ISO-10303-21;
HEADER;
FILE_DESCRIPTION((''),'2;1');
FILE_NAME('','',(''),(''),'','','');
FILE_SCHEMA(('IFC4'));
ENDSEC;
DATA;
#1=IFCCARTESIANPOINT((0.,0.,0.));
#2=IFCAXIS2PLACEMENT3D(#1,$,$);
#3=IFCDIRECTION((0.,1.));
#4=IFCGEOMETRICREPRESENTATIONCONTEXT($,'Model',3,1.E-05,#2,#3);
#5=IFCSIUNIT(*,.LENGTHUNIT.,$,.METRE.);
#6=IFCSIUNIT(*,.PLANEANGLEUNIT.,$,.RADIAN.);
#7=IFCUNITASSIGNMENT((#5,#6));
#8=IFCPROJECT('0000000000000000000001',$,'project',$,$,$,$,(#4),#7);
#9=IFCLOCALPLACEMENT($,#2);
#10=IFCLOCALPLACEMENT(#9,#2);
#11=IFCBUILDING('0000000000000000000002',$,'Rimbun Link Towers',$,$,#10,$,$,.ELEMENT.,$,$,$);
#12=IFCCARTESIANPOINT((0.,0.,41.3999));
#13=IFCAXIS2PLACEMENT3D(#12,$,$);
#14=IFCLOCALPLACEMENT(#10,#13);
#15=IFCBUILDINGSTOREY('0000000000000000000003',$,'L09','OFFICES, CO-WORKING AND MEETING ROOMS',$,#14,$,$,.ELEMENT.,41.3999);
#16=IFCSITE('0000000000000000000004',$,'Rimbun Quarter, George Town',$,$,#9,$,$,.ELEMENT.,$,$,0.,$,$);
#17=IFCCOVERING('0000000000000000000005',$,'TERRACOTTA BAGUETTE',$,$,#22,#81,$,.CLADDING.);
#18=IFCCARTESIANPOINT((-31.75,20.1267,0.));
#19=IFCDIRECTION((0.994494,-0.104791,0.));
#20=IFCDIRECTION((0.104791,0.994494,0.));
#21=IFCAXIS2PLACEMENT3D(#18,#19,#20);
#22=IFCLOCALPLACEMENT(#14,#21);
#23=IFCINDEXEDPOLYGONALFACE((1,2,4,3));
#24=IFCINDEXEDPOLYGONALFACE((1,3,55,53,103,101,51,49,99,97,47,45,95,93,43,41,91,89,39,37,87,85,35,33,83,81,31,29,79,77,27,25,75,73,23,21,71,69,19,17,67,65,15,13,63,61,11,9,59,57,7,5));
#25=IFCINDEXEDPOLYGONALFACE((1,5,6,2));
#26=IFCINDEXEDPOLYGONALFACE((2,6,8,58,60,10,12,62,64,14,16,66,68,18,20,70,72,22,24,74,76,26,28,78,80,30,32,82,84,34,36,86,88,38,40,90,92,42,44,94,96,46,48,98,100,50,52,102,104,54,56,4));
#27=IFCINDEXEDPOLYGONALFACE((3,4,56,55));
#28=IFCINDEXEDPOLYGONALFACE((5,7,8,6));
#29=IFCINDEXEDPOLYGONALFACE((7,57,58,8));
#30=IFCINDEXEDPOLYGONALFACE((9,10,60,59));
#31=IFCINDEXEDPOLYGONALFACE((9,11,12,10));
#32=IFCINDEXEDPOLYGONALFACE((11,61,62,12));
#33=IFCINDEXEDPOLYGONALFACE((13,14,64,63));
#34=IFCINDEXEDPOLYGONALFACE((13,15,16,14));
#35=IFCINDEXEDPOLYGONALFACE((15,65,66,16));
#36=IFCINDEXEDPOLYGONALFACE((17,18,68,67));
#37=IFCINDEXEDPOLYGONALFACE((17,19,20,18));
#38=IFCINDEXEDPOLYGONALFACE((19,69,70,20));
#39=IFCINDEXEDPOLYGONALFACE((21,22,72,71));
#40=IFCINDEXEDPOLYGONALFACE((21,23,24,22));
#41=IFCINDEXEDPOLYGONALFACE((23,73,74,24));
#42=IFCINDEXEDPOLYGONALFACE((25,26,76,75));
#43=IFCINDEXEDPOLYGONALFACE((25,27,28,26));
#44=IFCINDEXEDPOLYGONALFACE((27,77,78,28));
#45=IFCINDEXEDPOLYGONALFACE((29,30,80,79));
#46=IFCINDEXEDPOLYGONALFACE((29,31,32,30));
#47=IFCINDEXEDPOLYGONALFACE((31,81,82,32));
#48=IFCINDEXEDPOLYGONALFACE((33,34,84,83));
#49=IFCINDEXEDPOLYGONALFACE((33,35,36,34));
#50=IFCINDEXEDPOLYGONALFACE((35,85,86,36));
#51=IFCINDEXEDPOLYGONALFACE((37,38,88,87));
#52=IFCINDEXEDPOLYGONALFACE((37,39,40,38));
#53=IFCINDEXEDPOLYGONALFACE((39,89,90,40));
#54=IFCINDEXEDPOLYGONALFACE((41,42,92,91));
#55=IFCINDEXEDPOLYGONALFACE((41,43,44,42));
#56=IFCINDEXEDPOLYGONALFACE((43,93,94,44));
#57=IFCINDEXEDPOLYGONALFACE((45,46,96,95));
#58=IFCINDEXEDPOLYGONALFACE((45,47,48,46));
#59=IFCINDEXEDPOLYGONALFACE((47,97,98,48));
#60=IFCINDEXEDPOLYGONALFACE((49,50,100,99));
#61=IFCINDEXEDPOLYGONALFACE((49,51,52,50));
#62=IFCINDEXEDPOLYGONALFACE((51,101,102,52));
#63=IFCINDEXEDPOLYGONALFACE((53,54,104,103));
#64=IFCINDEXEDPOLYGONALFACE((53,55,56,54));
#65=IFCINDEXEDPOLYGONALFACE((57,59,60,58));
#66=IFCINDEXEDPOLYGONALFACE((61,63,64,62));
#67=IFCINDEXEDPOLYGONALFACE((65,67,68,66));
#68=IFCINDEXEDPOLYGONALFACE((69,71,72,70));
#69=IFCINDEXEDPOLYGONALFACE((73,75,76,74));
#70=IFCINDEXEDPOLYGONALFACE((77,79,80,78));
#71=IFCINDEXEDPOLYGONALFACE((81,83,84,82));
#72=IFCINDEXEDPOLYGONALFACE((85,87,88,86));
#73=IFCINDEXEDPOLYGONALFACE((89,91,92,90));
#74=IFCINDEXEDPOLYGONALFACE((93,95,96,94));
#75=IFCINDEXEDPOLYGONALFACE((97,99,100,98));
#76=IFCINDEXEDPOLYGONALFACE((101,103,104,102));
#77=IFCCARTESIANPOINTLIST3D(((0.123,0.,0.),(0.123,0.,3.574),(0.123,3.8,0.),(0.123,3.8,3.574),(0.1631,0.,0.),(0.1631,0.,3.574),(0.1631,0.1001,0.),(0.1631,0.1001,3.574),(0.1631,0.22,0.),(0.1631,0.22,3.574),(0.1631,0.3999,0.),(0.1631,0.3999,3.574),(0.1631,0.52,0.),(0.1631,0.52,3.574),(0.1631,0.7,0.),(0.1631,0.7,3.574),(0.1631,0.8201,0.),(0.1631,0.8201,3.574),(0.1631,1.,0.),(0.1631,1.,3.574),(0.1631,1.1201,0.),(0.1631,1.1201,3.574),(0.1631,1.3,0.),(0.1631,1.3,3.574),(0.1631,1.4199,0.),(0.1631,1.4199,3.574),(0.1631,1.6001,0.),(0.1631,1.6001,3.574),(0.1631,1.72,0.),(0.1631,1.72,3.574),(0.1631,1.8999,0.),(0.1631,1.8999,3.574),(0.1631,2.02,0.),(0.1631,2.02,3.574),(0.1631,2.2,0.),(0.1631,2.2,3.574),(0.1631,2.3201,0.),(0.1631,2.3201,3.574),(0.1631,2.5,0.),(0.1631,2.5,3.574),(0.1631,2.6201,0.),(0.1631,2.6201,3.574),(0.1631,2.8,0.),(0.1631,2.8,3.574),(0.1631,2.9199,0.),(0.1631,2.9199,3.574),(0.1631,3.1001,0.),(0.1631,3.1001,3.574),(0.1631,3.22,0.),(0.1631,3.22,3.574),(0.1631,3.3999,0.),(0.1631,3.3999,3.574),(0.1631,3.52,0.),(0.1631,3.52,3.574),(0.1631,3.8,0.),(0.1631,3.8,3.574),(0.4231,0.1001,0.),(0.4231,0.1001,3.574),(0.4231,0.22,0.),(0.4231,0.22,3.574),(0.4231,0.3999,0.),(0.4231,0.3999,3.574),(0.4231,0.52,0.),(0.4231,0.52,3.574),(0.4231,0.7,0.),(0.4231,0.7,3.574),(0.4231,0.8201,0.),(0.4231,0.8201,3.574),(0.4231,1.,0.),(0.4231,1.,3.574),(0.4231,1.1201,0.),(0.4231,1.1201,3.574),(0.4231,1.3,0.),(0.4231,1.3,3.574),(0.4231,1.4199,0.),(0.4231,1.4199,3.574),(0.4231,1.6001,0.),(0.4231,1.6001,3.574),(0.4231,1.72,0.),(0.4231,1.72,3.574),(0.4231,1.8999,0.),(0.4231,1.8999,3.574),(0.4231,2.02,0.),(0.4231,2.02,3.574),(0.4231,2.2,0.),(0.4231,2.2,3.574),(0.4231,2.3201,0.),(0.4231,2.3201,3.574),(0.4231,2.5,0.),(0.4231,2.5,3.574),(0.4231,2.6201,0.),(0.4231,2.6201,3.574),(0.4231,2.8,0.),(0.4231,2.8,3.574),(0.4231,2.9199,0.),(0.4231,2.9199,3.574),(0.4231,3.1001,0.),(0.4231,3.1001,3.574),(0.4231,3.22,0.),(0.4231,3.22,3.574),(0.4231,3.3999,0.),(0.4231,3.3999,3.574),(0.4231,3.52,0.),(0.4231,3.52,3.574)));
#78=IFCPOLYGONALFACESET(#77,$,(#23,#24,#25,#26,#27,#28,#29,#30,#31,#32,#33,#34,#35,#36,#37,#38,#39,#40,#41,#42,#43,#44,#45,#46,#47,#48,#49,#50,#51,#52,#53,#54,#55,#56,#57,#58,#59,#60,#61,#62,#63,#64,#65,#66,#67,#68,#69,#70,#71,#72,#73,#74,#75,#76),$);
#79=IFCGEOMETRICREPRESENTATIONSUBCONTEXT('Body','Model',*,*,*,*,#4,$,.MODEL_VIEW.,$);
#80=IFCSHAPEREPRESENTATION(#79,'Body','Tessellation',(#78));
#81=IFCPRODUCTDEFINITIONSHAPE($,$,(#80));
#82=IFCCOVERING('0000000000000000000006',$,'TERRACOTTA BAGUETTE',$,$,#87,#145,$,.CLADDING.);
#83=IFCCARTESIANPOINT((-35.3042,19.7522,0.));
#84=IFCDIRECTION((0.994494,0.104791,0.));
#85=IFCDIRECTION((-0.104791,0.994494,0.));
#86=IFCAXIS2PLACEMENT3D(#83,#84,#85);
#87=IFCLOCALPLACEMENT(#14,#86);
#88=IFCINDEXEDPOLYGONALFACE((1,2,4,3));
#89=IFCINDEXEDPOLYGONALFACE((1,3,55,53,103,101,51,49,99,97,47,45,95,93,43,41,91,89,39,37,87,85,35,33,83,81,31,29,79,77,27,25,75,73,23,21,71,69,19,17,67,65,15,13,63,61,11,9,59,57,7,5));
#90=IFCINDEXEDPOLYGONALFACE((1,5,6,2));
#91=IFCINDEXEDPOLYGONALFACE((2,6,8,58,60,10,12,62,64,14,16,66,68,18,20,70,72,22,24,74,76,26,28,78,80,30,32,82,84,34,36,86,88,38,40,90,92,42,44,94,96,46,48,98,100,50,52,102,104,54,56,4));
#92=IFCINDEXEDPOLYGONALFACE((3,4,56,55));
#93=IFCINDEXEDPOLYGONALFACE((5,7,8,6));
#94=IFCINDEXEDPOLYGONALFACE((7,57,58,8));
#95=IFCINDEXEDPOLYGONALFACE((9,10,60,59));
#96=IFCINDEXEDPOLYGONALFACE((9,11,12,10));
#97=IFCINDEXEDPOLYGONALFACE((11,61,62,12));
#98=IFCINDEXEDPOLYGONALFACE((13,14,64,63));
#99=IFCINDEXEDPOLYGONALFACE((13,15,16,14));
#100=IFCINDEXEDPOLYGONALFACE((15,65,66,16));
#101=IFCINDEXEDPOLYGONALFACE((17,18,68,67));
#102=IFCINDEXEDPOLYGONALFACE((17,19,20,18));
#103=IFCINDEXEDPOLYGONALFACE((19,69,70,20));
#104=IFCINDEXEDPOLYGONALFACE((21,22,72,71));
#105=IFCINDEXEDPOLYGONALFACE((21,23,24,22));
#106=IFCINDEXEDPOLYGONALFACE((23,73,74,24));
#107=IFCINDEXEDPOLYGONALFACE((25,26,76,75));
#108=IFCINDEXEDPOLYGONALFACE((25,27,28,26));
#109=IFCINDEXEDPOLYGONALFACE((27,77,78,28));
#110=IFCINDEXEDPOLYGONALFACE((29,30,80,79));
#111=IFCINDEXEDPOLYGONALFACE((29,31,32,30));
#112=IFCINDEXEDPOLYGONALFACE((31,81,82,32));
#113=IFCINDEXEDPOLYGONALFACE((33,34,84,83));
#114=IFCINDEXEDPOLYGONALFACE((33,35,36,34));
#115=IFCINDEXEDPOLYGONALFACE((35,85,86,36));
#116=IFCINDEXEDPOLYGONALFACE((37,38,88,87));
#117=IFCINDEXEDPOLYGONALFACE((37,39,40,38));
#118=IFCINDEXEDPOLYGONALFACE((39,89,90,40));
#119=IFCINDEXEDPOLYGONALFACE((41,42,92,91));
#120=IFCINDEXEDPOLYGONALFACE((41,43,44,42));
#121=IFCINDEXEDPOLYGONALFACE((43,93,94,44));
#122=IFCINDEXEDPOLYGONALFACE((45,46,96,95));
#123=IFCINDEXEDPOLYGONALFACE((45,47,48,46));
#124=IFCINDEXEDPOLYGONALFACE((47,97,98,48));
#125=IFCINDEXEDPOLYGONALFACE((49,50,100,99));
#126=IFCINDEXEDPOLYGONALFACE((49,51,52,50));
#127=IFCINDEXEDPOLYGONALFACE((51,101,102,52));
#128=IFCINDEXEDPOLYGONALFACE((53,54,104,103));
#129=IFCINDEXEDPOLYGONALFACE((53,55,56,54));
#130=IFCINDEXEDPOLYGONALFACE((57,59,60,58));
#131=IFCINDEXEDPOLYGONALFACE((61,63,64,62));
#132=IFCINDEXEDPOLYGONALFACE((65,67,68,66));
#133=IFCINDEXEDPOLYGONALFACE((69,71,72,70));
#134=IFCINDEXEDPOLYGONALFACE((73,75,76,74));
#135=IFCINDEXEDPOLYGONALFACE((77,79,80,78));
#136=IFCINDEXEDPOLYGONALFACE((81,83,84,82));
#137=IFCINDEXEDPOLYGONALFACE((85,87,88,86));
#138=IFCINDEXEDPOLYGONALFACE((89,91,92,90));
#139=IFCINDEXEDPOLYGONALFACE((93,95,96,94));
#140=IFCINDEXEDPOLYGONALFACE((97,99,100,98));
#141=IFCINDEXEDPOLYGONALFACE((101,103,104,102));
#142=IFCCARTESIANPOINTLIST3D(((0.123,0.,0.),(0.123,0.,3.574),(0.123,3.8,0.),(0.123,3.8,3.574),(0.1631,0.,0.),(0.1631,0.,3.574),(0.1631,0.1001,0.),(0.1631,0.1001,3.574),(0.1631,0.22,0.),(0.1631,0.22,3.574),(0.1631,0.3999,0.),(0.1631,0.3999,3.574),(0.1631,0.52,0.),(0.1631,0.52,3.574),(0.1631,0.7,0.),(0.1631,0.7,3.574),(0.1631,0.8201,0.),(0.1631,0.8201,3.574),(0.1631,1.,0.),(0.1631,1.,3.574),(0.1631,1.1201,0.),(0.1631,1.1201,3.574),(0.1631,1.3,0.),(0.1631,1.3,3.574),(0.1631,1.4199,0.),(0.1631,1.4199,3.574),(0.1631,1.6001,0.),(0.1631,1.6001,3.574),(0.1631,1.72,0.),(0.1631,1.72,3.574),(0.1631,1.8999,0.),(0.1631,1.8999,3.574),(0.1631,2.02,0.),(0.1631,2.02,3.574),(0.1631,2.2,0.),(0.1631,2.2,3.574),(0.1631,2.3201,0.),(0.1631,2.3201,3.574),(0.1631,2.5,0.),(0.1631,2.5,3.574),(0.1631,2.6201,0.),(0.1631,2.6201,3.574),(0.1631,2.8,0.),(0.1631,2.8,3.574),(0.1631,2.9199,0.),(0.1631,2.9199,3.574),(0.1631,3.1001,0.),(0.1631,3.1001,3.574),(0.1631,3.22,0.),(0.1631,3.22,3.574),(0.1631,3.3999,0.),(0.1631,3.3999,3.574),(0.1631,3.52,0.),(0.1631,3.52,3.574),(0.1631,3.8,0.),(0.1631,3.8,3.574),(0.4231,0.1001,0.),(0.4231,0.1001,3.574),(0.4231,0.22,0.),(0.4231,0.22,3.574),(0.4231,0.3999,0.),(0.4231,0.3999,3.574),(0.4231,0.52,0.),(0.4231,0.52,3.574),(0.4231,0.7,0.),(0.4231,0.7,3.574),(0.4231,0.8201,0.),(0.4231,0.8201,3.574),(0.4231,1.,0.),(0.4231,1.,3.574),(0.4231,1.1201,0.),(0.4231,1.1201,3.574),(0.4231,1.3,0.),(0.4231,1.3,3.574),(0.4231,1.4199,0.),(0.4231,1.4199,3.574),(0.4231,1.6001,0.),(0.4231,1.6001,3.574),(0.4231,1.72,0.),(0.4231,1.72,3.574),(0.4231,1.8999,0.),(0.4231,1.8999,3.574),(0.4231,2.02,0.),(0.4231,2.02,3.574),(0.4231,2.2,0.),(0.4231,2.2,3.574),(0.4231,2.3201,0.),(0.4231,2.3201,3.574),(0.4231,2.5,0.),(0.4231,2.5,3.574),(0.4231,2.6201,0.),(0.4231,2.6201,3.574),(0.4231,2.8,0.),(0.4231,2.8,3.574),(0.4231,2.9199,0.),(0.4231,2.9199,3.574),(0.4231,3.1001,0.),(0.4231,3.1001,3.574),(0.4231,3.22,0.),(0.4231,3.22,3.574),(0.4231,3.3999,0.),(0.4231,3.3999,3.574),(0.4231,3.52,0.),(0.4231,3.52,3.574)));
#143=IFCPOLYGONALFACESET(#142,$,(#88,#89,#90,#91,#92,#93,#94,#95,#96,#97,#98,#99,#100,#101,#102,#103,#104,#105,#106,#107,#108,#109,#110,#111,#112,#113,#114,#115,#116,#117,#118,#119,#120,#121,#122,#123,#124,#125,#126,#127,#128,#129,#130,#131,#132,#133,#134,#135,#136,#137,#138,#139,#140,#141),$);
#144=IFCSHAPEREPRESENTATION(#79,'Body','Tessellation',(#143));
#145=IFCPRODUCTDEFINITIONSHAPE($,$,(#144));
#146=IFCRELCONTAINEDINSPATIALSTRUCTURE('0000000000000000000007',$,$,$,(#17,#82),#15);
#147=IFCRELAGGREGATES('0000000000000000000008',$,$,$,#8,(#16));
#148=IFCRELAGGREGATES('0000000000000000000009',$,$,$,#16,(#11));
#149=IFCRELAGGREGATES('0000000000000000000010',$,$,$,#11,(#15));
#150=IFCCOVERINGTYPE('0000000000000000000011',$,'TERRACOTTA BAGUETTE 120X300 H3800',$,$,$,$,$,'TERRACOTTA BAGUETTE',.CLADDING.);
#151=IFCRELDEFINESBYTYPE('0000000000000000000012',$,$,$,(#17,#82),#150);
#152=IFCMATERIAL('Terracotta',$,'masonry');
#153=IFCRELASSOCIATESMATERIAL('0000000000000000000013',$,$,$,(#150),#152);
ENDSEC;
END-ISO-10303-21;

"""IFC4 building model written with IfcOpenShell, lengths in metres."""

from ifc_helpers import new_model, si_unit, direction, frame, origin, place, context, subcontext, project, spatial, polyline, outline, extrude, material, material_profile, profile_set, type_object, element, save


model = new_model("IFC4")

# Units and contexts
model_context = context("Model", 3, precision=1e-05, world=origin(), true_north=direction((0.0, 1.0)))
body_context = subcontext(model_context, "Body", "Model", "MODEL_VIEW")
ifc_project = project(units=[si_unit("LENGTHUNIT", "METRE"), si_unit("PLANEANGLEUNIT", "RADIAN")], contexts=[model_context])

# Site, building, storey
site_placement = place(None, origin())
site = spatial("IfcSite", under=ifc_project, at=site_placement, Name="Rimbun Quarter, George Town", CompositionType="ELEMENT", RefElevation=0.0)
building_placement = place(site_placement, origin())
building = spatial("IfcBuilding", under=site, at=building_placement, Name="Rimbun Link Towers", CompositionType="ELEMENT")
storey_placement = place(building_placement, frame((0.0, 0.0, 41.3999)))
storey = spatial("IfcBuildingStorey", under=building, at=storey_placement, Name="L09", Description="OFFICES, CO-WORKING AND MEETING ROOMS", CompositionType="ELEMENT", Elevation=41.3999)

# Coverings
ifc_material_1 = material(Name="Terracotta", Category="masonry")
ifc_material_profile_1 = material_profile(ifc_material_1, outline(polyline([(0.123, 0.0), (0.1631, 0.0), (0.1631, 0.1001), (0.4231, 0.1001), (0.4231, 0.22), (0.1631, 0.22), (0.1631, 0.3999), (0.4231, 0.3999), (0.4231, 0.52), (0.1631, 0.52), (0.1631, 0.7), (0.4231, 0.7), (0.4231, 0.8201), (0.1631, 0.8201), (0.1631, 1.0), (0.4231, 1.0), (0.4231, 1.1201), (0.1631, 1.1201), (0.1631, 1.3), (0.4231, 1.3), (0.4231, 1.4199), (0.1631, 1.4199), (0.1631, 1.6001), (0.4231, 1.6001), (0.4231, 1.72), (0.1631, 1.72), (0.1631, 1.8999), (0.4231, 1.8999), (0.4231, 2.02), (0.1631, 2.02), (0.1631, 2.2), (0.4231, 2.2), (0.4231, 2.3201), (0.1631, 2.3201), (0.1631, 2.5), (0.4231, 2.5), (0.4231, 2.6201), (0.1631, 2.6201), (0.1631, 2.8), (0.4231, 2.8), (0.4231, 2.9199), (0.1631, 2.9199), (0.1631, 3.1001), (0.4231, 3.1001), (0.4231, 3.22), (0.1631, 3.22), (0.1631, 3.3999), (0.4231, 3.3999), (0.4231, 3.52), (0.1631, 3.52), (0.1631, 3.8), (0.123, 3.8), (0.123, 0.0)])), Name="BAGUETTE 120X300")
ifc_profile_set_1 = profile_set([ifc_material_profile_1], Name="Terracotta")
covering_type = type_object("IfcCoveringType", Name="TERRACOTTA BAGUETTE 120X300 H3800", ElementType="TERRACOTTA BAGUETTE", PredefinedType="CLADDING", material=ifc_profile_set_1)
for number, where, z_axis, x_axis, name in (
    (1, (-31.75, 20.1267, 0.0), (0.994494, -0.104791, 0.0), (0.104791, 0.994494, 0.0), "TERRACOTTA BAGUETTE"),
    (2, (-35.3042, 19.7522, 0.0), (0.994494, 0.104791, 0.0), (-0.104791, 0.994494, 0.0), "TERRACOTTA BAGUETTE"),
):
    element("IfcCovering", number, at=place(storey_placement, frame(where, z_axis=z_axis, x_axis=x_axis)), inside=storey, type_object=covering_type, Name=name, PredefinedType="CLADDING", context=body_context, shape_type="SweptSolid", body=[
        extrude(outline(polyline([(0.123, 0.0), (0.1631, 0.0), (0.1631, 0.1001), (0.4231, 0.1001), (0.4231, 0.22), (0.1631, 0.22), (0.1631, 0.3999), (0.4231, 0.3999), (0.4231, 0.52), (0.1631, 0.52), (0.1631, 0.7), (0.4231, 0.7), (0.4231, 0.8201), (0.1631, 0.8201), (0.1631, 1.0), (0.4231, 1.0), (0.4231, 1.1201), (0.1631, 1.1201), (0.1631, 1.3), (0.4231, 1.3), (0.4231, 1.4199), (0.1631, 1.4199), (0.1631, 1.6001), (0.4231, 1.6001), (0.4231, 1.72), (0.1631, 1.72), (0.1631, 1.8999), (0.4231, 1.8999), (0.4231, 2.02), (0.1631, 2.02), (0.1631, 2.2), (0.4231, 2.2), (0.4231, 2.3201), (0.1631, 2.3201), (0.1631, 2.5), (0.4231, 2.5), (0.4231, 2.6201), (0.1631, 2.6201), (0.1631, 2.8), (0.4231, 2.8), (0.4231, 2.9199), (0.1631, 2.9199), (0.1631, 3.1001), (0.4231, 3.1001), (0.4231, 3.22), (0.1631, 3.22), (0.1631, 3.3999), (0.4231, 3.3999), (0.4231, 3.52), (0.1631, 3.52), (0.1631, 3.8), (0.123, 3.8), (0.123, 0.0)])), origin(), (0.0, 0.0, 1.0), 3.574),
    ])

save(model, "model.ifc")
